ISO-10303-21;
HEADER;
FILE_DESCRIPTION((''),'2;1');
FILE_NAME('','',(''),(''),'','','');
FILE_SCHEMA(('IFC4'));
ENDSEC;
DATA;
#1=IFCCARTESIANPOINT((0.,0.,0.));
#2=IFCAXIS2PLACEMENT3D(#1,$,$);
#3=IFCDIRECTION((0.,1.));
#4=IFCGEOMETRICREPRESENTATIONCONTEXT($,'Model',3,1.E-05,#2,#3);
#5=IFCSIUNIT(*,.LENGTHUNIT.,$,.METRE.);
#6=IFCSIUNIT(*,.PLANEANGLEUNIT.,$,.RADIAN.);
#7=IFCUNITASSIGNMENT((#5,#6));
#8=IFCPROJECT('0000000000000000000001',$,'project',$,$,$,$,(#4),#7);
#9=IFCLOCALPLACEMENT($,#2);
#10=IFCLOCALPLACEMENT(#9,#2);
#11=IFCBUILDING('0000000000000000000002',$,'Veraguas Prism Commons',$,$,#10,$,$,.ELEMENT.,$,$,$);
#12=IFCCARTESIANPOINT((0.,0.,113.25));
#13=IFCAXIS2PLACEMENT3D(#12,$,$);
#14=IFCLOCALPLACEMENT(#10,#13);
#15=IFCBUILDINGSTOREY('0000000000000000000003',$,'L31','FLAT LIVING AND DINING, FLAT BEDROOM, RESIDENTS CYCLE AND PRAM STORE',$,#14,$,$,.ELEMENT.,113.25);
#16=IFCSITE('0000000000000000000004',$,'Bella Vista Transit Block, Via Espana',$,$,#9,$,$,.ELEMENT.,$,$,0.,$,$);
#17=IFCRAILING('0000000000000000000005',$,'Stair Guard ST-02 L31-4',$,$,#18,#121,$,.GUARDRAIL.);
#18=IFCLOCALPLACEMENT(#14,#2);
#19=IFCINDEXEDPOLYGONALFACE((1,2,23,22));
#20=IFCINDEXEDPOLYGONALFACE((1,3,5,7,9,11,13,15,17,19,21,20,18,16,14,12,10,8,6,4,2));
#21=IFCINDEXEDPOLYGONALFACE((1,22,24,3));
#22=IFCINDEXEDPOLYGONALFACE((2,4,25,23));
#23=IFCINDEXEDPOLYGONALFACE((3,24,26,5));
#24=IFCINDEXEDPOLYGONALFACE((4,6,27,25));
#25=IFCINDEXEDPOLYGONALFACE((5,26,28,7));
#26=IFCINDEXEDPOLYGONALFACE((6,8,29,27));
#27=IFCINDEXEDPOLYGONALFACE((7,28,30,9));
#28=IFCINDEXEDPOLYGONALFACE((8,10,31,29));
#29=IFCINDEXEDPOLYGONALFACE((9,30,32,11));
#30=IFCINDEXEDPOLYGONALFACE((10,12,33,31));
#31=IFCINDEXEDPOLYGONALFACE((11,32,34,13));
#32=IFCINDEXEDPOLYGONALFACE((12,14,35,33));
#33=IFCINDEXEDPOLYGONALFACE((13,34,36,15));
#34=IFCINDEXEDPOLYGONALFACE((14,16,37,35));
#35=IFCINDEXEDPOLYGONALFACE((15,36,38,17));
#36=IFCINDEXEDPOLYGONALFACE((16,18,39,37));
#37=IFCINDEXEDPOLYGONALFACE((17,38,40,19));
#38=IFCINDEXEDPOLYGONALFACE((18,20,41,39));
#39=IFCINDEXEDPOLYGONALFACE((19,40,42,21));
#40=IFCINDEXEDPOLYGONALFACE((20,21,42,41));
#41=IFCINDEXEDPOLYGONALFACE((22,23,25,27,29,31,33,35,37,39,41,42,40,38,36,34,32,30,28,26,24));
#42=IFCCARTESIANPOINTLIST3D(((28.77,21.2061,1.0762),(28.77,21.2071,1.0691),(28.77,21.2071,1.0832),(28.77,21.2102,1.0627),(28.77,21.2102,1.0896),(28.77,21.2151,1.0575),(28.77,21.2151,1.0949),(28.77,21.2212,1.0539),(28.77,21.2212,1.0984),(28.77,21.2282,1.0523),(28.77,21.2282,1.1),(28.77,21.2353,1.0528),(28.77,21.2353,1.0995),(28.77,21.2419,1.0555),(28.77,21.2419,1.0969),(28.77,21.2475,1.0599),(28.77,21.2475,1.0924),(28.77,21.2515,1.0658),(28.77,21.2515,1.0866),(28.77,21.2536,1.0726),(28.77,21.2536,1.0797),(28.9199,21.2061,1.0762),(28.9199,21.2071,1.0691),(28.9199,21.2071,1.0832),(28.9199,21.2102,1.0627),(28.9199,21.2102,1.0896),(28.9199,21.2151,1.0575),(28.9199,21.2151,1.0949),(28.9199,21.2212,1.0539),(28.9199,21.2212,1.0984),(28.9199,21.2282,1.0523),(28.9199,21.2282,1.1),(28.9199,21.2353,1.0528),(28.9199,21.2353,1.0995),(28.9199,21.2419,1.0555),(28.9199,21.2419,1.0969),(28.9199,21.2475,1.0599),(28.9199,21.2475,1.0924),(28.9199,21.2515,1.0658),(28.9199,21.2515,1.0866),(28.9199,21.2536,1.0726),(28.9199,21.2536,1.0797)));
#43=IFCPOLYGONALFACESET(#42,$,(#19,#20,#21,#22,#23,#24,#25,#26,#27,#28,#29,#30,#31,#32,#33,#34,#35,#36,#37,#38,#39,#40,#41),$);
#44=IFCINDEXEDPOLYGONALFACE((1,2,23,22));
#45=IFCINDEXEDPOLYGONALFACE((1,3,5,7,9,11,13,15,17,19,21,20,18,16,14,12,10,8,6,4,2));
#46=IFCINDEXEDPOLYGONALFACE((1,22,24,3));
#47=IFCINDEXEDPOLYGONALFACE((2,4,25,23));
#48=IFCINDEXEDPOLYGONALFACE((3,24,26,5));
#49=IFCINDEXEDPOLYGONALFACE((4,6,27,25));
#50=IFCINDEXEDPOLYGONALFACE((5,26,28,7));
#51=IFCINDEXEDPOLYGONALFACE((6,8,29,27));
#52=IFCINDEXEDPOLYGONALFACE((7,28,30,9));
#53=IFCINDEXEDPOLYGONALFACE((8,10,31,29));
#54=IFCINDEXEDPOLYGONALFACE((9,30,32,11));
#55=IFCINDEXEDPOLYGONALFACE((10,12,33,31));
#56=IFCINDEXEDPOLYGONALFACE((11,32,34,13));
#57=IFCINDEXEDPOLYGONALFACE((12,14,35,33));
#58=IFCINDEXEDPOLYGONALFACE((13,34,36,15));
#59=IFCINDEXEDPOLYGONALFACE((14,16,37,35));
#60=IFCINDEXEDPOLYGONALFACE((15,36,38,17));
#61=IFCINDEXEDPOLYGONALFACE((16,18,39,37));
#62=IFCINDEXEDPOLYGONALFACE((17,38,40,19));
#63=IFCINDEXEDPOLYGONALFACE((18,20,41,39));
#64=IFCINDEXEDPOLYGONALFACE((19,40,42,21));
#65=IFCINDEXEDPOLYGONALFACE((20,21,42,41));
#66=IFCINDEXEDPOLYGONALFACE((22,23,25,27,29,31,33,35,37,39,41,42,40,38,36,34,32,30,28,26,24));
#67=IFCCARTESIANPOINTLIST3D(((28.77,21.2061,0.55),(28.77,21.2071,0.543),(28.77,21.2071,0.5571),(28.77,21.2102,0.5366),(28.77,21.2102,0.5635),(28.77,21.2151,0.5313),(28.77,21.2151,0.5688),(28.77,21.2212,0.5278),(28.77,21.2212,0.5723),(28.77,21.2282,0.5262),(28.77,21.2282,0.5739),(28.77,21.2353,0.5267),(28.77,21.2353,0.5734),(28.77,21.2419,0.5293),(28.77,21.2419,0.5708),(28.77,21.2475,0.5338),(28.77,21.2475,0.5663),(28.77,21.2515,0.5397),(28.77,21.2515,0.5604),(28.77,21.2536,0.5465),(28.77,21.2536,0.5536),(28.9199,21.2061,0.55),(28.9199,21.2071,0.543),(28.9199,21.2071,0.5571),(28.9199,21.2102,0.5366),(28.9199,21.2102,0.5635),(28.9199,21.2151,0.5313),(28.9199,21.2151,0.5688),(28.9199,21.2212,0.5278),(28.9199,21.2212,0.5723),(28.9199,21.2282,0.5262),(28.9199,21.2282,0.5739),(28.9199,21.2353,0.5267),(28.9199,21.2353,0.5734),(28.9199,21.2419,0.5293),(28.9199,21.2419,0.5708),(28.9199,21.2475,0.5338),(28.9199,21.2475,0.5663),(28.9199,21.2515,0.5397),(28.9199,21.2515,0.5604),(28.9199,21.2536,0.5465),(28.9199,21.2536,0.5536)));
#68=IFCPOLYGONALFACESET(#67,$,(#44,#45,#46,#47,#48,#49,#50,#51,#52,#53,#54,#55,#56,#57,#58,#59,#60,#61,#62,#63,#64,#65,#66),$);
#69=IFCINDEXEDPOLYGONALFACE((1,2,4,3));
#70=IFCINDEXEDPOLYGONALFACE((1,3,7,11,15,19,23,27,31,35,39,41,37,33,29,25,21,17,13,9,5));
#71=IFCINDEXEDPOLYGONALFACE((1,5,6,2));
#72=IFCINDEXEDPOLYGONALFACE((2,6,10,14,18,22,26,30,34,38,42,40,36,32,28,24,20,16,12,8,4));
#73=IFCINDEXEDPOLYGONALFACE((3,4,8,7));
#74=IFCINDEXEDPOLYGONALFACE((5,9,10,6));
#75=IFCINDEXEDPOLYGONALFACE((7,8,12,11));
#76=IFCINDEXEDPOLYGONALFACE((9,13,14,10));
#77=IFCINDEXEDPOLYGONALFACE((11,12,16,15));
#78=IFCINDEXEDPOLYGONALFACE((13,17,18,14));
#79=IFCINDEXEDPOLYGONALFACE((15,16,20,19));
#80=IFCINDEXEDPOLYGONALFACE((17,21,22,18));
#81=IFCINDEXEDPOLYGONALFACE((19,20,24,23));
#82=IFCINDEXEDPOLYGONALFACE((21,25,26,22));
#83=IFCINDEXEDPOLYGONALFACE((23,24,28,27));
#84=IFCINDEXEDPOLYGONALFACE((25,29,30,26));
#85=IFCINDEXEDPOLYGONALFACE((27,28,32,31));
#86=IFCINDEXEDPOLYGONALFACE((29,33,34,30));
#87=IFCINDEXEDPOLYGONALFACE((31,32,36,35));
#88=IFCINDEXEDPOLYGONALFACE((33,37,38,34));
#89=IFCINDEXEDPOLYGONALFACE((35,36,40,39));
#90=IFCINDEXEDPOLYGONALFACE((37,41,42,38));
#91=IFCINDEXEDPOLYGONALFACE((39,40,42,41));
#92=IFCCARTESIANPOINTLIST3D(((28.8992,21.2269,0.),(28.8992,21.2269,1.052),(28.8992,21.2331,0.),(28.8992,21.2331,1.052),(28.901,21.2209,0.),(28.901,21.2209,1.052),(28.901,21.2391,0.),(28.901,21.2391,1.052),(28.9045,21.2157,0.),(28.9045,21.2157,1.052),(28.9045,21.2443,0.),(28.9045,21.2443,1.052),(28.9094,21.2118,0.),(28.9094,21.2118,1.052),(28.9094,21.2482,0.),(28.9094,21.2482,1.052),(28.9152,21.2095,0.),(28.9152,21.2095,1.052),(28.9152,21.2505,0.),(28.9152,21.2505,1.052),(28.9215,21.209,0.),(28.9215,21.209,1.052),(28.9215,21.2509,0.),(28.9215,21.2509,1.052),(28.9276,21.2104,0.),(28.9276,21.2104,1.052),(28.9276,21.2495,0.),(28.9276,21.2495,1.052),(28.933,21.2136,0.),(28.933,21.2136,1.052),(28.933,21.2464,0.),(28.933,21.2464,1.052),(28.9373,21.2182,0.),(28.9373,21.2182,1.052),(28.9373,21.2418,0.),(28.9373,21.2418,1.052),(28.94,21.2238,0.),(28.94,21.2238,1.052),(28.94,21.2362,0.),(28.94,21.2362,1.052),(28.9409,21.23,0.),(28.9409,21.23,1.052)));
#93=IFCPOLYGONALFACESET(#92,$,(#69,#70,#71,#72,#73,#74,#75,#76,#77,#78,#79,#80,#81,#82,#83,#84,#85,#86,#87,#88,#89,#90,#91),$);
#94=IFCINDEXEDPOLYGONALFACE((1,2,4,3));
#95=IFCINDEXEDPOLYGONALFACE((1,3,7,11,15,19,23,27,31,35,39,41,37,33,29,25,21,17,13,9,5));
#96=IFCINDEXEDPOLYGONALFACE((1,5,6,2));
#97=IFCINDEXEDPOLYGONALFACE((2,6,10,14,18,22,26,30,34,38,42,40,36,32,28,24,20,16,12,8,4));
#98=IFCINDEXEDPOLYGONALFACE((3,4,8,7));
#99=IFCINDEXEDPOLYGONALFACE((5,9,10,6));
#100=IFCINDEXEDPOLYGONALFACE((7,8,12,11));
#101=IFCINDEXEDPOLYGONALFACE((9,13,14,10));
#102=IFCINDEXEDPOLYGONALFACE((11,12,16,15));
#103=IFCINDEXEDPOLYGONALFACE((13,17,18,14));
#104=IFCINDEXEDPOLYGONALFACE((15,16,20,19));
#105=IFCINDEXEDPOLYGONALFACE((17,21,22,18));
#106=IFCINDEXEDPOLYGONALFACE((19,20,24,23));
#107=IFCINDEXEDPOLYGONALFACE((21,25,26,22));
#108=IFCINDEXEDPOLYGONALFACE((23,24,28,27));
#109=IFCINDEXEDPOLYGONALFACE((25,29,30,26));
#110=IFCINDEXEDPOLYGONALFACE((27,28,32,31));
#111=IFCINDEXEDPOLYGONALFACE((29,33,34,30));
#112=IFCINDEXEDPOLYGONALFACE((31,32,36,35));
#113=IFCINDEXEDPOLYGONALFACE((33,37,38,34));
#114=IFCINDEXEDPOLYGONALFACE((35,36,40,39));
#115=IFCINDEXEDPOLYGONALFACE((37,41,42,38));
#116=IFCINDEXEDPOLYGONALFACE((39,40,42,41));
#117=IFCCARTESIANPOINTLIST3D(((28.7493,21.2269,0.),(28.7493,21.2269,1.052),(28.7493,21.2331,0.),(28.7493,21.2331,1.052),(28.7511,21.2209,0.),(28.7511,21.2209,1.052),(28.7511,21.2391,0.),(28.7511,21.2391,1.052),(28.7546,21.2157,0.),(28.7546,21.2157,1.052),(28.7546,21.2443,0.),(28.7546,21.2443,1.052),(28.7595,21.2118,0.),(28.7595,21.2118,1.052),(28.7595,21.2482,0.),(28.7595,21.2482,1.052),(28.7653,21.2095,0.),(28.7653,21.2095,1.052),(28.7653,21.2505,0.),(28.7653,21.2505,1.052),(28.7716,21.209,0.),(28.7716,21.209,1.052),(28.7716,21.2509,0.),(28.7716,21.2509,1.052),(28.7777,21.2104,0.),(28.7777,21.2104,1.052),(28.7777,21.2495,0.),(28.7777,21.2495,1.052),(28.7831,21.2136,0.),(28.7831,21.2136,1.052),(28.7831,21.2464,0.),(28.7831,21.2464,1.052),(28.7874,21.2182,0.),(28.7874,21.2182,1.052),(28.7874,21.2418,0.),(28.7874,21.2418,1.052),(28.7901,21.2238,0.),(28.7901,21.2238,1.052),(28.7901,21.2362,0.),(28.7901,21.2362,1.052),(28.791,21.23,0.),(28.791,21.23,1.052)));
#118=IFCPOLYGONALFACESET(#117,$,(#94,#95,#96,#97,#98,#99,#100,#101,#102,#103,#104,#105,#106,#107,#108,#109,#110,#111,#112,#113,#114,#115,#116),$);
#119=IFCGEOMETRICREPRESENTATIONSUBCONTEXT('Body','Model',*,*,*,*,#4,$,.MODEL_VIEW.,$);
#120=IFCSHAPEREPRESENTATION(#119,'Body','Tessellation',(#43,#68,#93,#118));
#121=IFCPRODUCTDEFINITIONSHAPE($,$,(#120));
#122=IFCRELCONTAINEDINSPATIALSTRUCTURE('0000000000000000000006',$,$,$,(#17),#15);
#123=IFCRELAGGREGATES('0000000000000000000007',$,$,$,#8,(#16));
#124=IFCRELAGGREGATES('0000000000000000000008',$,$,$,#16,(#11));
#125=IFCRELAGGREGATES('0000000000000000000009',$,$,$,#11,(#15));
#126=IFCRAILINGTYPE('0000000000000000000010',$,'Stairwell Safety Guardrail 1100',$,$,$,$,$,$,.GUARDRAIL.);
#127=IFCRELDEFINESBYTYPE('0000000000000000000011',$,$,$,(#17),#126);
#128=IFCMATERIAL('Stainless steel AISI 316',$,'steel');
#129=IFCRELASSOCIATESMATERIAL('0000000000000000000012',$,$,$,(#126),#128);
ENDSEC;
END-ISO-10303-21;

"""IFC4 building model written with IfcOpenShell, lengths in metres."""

from ifc_helpers import new_model, si_unit, direction, frame, origin, origin_2d, place, context, subcontext, project, spatial, circle, extrude, material, type_object, element, save


model = new_model("IFC4")

# Units and contexts
model_context = context("Model", 3, precision=1e-05, world=origin(), true_north=direction((0.0, 1.0)))
body_context = subcontext(model_context, "Body", "Model", "MODEL_VIEW")
ifc_project = project(units=[si_unit("LENGTHUNIT", "METRE"), si_unit("PLANEANGLEUNIT", "RADIAN")], contexts=[model_context])

# Site, building, storey
site_placement = place(None, origin())
site = spatial("IfcSite", under=ifc_project, at=site_placement, Name="Bella Vista Transit Block, Via Espana", CompositionType="ELEMENT", RefElevation=0.0)
building_placement = place(site_placement, origin())
building = spatial("IfcBuilding", under=site, at=building_placement, Name="Veraguas Prism Commons", CompositionType="ELEMENT")
storey_placement = place(building_placement, frame((0.0, 0.0, 113.25)))
storey = spatial("IfcBuildingStorey", under=building, at=storey_placement, Name="L31", Description="FLAT LIVING AND DINING, FLAT BEDROOM, RESIDENTS CYCLE AND PRAM STORE", CompositionType="ELEMENT", Elevation=113.25)

# Shared definitions
ifc_material_1 = material(Name="Stainless steel AISI 316", Category="steel")

# Railing
railing_type_1 = type_object("IfcRailingType", Name="Stairwell Safety Guardrail 1100", PredefinedType="GUARDRAIL", material=ifc_material_1)
railing_1_placement = place(storey_placement, frame((28.9199, 21.23, 0.0)))
element("IfcRailing", 1, at=railing_1_placement, inside=storey, type_object=railing_type_1, Name="Stair Guard ST-02 L31-4", PredefinedType="GUARDRAIL", context=body_context, shape_type="SweptSolid", body=[
    extrude(circle(Radius=0.0239, at=origin_2d()), frame((0.0, 0.0, 1.0762), z_axis=(-1.0, 0.0, 0.0), x_axis=(0.0, -1.0, 0.0)), (0.0, 0.0, 1.0), 0.1499),
    extrude(circle(Radius=0.0239, at=origin_2d()), frame((0.0, 0.0, 0.55), z_axis=(-1.0, 0.0, 0.0), x_axis=(0.0, -1.0, 0.0)), (0.0, 0.0, 1.0), 0.1499),
    extrude(circle(Radius=0.021, at=origin_2d()), origin(), (0.0, 0.0, 1.0), 1.052),
    extrude(circle(Radius=0.021, at=origin_2d()), frame((-0.1499, 0.0, 0.0)), (0.0, 0.0, 1.0), 1.052),
])

save(model, "model.ifc")
